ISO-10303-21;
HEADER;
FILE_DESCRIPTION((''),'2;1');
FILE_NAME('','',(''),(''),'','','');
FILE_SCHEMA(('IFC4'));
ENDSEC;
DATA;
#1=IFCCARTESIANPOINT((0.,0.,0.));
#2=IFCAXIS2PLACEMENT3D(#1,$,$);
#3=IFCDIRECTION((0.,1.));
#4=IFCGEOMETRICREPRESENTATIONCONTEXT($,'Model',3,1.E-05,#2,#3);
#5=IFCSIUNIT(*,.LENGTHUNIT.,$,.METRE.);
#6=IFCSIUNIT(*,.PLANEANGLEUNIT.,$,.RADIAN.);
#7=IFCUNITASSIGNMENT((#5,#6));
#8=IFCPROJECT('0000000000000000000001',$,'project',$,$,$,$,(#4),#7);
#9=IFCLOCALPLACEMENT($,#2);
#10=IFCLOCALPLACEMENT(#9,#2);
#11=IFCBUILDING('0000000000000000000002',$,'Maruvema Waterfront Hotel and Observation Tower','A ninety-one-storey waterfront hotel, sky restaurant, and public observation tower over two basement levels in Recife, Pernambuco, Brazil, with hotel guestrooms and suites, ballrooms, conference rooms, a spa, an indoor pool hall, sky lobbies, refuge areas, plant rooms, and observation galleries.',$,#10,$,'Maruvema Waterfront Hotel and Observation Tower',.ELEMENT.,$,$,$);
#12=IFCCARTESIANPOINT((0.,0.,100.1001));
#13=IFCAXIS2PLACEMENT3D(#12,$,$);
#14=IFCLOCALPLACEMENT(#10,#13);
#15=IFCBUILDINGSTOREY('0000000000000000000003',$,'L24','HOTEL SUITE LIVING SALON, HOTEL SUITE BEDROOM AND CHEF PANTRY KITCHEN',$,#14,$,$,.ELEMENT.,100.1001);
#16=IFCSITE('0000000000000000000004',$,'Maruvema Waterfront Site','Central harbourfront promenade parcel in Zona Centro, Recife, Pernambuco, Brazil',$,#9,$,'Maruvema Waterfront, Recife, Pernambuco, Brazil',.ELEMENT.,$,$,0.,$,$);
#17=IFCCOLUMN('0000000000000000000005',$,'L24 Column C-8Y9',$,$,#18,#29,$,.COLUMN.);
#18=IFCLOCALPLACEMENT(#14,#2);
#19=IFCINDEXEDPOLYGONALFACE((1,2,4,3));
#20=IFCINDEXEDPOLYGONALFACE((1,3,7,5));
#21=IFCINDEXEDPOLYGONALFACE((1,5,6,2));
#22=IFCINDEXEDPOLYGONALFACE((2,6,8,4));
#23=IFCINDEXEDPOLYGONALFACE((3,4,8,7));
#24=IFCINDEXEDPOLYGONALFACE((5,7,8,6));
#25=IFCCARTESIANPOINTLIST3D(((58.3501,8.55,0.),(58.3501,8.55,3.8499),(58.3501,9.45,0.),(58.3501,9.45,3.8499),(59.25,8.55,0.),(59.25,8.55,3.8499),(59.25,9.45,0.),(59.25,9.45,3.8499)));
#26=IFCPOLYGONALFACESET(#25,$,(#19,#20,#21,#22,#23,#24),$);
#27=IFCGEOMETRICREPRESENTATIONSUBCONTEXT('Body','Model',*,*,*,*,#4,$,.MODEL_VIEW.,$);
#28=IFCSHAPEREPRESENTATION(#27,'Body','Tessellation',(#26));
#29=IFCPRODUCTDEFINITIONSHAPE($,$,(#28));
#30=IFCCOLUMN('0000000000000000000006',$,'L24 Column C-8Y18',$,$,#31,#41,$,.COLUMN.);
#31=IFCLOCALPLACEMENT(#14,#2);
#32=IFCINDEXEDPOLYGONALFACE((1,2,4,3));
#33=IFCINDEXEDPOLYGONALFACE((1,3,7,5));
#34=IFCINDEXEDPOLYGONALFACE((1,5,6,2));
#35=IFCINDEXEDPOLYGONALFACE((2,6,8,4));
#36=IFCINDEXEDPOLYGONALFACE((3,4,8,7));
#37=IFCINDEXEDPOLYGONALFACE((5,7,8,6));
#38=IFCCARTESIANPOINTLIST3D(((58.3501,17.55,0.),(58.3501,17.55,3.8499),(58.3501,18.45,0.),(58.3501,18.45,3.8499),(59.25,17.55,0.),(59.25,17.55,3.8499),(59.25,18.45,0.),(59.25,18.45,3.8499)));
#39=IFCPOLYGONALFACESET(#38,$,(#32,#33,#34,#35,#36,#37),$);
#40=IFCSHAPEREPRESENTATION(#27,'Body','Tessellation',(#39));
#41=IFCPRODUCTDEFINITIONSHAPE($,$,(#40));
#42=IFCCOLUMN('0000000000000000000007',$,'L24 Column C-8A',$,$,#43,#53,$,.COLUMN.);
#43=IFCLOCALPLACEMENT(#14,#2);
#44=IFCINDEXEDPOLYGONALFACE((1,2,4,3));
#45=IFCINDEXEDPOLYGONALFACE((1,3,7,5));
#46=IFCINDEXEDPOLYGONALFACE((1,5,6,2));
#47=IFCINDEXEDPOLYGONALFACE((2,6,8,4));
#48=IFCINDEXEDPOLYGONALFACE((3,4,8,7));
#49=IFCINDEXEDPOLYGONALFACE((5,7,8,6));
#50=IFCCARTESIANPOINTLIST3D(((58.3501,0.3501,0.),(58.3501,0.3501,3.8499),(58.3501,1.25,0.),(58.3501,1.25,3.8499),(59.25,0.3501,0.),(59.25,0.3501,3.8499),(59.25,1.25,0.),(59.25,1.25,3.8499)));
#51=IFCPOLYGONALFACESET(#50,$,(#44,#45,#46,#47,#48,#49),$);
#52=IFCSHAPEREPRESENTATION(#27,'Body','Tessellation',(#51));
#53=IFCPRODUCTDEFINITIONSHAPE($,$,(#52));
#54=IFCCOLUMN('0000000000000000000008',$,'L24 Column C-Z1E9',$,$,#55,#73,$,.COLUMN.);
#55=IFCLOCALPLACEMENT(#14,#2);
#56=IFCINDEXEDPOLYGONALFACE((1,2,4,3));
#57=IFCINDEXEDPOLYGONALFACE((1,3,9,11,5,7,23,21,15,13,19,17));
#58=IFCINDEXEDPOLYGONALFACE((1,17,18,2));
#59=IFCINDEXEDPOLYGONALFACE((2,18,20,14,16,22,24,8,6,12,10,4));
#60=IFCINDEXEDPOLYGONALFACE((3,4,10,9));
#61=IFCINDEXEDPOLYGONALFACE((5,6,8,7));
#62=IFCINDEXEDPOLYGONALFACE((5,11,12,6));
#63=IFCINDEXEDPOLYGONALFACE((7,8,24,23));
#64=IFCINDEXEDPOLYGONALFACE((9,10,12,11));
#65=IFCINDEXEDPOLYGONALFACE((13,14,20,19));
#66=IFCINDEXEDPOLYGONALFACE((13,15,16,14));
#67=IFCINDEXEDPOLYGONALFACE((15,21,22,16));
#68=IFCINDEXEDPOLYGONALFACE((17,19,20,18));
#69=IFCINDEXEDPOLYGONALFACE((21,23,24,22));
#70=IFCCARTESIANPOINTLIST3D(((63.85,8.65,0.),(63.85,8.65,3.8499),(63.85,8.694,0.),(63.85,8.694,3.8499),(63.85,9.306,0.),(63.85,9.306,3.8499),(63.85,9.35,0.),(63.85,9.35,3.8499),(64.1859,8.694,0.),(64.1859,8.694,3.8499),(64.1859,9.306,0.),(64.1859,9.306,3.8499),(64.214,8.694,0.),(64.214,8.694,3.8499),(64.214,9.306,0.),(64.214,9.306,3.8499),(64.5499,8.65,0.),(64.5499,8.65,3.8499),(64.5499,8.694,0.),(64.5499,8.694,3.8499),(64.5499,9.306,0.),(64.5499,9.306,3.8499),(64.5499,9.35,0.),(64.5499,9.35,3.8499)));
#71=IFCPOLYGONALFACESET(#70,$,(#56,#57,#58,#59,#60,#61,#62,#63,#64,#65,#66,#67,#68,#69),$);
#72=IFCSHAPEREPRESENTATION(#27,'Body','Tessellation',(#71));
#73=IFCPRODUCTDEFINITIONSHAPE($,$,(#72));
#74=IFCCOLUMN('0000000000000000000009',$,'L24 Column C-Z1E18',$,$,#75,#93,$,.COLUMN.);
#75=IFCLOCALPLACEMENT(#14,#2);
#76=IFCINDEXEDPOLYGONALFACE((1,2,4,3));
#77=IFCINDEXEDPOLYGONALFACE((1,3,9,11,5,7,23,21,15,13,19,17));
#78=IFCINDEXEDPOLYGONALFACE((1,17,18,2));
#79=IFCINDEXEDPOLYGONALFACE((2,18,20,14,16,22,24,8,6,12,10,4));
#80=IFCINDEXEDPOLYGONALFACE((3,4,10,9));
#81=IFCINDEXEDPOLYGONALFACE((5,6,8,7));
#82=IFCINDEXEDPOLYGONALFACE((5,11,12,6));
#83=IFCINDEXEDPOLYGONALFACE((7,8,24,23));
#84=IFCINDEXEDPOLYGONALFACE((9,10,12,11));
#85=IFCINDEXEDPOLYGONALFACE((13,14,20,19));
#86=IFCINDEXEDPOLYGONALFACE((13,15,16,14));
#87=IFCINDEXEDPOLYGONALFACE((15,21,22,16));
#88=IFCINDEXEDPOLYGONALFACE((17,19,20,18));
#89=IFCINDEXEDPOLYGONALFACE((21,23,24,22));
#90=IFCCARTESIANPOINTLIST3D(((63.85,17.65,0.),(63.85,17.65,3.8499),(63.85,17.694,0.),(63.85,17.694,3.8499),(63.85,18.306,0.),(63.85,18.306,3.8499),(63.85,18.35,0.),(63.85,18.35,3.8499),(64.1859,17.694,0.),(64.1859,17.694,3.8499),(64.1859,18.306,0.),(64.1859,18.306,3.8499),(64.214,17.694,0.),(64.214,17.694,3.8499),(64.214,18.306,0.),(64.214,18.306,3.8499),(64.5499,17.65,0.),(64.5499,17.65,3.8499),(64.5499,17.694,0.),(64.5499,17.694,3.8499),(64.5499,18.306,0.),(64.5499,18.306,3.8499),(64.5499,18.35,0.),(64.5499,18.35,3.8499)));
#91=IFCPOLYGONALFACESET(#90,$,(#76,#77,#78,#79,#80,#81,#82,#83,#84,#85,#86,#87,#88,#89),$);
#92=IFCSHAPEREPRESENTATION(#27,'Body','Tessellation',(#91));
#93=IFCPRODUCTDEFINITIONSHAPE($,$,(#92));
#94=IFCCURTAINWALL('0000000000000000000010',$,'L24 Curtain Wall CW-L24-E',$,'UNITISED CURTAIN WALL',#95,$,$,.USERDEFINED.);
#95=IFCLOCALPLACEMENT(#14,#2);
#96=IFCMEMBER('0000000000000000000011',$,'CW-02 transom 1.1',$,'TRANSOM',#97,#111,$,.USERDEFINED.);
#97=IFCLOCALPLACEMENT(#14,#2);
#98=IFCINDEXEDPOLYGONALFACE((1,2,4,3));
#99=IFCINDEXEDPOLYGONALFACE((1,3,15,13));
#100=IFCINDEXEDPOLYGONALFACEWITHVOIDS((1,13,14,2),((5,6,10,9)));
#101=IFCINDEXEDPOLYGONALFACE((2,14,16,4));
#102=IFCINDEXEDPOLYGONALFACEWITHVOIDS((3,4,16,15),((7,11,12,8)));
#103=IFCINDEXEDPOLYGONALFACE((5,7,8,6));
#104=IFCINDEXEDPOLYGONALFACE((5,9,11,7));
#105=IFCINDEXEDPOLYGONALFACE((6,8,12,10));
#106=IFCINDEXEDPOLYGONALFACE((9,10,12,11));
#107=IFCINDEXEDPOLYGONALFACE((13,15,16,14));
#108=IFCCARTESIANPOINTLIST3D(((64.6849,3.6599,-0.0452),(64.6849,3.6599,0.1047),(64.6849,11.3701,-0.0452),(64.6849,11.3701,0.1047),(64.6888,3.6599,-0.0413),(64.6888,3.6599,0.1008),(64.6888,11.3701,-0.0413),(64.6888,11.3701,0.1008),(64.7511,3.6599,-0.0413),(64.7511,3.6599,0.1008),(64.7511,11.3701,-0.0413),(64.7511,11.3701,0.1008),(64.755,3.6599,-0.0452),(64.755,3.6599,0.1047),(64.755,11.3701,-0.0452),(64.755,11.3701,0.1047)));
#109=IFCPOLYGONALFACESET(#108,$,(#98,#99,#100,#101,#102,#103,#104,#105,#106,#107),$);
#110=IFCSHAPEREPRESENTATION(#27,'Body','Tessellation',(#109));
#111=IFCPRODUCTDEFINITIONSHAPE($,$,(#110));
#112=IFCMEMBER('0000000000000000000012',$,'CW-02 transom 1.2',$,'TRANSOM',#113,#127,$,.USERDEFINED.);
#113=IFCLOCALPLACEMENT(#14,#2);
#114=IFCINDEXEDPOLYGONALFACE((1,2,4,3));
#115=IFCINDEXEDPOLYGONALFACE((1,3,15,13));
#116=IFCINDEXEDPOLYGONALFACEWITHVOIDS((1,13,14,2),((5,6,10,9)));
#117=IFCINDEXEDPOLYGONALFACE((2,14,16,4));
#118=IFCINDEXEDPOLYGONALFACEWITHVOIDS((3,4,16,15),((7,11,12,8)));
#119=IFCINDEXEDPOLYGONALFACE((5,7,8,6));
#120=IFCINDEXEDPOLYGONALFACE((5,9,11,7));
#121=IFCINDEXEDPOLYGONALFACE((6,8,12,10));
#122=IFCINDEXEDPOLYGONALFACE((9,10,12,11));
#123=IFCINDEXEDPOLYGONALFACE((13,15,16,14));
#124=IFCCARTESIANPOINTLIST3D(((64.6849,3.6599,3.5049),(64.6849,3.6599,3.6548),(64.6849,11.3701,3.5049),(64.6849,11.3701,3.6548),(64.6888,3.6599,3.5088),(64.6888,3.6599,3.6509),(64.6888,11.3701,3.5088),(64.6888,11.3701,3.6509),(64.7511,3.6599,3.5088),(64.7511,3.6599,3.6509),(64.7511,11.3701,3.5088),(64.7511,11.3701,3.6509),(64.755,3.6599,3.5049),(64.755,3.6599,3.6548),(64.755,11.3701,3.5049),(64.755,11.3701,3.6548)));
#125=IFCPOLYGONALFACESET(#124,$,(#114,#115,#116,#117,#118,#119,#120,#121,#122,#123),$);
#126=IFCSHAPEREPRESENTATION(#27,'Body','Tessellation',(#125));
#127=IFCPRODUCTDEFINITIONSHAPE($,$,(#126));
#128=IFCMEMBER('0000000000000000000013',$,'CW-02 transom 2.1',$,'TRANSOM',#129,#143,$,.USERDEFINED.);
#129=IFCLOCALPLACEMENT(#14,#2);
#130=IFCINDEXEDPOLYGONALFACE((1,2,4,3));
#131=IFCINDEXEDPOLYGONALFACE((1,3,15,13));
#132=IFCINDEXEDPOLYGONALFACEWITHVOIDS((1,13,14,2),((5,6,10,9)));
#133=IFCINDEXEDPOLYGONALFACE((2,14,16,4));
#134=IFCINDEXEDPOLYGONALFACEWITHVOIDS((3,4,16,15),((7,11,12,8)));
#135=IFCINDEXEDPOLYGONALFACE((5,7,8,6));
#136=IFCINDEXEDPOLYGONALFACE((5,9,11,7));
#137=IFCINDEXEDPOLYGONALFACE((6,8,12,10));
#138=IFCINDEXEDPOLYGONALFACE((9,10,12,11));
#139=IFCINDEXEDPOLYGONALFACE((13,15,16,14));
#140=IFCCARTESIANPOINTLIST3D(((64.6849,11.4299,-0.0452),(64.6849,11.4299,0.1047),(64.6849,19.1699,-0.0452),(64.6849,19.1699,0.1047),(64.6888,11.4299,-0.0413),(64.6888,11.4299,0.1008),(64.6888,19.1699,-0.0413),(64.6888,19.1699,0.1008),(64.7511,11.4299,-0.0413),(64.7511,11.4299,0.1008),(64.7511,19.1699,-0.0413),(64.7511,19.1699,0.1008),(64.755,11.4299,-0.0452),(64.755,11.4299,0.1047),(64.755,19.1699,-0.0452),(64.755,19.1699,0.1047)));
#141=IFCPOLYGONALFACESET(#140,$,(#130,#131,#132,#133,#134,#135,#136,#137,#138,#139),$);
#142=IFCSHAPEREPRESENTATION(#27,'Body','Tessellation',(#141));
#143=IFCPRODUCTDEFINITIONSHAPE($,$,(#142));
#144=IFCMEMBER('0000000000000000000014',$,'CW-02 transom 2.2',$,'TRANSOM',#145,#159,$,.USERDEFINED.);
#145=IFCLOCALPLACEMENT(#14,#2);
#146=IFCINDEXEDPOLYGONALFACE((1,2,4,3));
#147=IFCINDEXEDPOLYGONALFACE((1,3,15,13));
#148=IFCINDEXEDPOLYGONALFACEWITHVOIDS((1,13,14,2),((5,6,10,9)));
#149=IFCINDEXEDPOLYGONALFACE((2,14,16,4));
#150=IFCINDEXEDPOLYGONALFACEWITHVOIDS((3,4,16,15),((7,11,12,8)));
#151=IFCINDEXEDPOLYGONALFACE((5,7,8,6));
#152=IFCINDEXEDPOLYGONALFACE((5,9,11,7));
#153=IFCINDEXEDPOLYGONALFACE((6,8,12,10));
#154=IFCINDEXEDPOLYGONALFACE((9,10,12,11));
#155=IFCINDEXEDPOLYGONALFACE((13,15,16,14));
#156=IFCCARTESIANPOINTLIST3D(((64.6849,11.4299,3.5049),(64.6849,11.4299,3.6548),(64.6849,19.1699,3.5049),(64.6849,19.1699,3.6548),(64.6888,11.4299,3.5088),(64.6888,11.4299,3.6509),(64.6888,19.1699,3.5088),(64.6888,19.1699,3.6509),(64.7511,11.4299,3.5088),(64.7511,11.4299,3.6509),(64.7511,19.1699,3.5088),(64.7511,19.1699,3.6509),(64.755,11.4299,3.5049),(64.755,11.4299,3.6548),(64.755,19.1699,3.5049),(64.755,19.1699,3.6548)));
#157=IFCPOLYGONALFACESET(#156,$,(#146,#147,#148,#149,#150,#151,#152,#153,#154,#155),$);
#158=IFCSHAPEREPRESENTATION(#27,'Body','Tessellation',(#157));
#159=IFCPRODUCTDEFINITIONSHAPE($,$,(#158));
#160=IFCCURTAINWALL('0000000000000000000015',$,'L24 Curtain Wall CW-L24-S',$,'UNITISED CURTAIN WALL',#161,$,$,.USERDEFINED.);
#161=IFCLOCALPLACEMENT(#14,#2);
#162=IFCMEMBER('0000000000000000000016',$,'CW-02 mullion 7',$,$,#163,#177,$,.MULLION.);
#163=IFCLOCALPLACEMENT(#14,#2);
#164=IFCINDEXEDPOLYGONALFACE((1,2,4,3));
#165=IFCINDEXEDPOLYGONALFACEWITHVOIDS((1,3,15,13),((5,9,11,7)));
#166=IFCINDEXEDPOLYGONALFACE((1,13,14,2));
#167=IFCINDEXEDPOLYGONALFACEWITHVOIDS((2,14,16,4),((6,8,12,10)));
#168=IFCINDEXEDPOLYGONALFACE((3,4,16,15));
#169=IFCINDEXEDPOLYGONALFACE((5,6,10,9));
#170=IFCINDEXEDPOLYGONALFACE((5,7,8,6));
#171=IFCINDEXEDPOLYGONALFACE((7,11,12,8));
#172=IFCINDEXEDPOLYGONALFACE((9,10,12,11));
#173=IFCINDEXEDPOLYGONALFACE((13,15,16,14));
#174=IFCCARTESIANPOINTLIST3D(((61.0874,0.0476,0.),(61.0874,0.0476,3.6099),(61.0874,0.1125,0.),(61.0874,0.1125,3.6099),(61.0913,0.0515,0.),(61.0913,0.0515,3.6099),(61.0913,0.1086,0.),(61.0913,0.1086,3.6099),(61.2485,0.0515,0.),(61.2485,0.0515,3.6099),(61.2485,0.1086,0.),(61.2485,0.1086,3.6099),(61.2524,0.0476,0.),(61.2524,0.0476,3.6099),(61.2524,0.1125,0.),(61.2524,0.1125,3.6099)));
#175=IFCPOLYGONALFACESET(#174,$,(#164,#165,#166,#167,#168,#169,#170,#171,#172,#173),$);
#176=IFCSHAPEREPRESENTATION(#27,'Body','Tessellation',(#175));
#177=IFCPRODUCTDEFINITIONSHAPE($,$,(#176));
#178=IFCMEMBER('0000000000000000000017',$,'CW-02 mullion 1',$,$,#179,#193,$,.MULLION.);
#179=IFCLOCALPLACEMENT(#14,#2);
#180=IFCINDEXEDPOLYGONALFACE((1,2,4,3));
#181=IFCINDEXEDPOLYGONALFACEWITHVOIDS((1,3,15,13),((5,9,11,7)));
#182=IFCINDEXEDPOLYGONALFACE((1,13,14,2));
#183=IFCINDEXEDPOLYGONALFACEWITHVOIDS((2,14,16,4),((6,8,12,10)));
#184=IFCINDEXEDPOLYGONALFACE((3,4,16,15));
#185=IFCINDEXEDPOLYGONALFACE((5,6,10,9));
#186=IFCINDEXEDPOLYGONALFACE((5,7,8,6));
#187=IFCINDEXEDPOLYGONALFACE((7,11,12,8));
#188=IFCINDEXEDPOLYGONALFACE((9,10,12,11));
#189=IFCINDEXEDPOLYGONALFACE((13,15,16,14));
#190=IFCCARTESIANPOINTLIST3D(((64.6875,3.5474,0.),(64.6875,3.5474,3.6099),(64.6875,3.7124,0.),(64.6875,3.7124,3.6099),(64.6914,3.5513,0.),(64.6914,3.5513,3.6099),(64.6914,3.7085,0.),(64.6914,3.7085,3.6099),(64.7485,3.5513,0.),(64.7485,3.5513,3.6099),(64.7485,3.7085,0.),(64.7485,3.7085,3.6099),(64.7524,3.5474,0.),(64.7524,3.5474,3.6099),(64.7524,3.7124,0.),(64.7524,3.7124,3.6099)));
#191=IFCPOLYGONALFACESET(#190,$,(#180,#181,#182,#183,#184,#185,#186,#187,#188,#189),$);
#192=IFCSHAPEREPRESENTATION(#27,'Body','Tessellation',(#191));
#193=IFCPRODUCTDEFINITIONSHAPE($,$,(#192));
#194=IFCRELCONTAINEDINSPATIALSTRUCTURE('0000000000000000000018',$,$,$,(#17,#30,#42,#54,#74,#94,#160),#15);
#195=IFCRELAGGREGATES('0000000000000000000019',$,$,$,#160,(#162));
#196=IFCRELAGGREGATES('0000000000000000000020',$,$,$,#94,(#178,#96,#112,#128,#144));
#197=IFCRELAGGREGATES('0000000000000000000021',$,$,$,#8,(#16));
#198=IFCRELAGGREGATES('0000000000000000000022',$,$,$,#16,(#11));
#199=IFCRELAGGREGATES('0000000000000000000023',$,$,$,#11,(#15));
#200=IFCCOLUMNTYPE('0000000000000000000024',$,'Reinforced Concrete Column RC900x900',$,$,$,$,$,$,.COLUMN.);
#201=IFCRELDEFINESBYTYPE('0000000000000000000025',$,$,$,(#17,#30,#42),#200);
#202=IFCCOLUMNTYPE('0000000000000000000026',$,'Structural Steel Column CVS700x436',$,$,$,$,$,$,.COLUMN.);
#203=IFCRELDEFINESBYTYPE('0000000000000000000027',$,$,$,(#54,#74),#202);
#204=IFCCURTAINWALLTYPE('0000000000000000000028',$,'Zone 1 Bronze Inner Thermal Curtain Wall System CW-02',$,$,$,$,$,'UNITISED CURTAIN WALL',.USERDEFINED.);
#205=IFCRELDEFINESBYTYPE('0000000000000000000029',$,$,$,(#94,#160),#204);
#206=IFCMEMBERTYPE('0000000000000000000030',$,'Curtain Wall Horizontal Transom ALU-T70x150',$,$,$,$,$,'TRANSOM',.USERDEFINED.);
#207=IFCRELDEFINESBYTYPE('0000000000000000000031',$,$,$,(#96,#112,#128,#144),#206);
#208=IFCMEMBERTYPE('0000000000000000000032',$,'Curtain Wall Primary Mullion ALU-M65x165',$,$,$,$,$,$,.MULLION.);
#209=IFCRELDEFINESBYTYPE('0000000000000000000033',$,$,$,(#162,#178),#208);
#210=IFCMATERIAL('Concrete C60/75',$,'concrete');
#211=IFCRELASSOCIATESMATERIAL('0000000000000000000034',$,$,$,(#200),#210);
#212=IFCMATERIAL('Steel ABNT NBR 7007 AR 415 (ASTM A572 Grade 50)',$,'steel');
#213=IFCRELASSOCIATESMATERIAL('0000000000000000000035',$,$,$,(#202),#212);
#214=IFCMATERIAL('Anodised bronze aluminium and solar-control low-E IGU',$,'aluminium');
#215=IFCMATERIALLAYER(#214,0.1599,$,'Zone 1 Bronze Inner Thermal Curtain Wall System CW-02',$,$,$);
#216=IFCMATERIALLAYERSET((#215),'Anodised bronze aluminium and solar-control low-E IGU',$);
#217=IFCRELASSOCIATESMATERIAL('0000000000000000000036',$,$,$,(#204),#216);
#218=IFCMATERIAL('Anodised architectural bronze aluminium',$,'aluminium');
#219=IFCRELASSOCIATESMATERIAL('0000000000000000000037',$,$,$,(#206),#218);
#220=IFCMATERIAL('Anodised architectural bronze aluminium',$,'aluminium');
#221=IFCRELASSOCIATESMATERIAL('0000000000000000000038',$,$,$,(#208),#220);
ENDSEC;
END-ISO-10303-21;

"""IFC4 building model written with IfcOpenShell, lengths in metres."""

from ifc_helpers import new_model, si_unit, direction, frame, origin, origin_2d, place, context, subcontext, project, spatial, rectangle, hollow_rectangle, i_section, extrude, material, layer, layer_set, material_profile, profile_set, type_object, element, aggregate, save


model = new_model("IFC4")

# Units and contexts
model_context = context("Model", 3, precision=1e-05, world=origin(), true_north=direction((0.0, 1.0)))
body_context = subcontext(model_context, "Body", "Model", "MODEL_VIEW")
ifc_project = project(units=[si_unit("LENGTHUNIT", "METRE"), si_unit("PLANEANGLEUNIT", "RADIAN")], contexts=[model_context])

# Site, building, storey
site_placement = place(None, origin())
site = spatial("IfcSite", under=ifc_project, at=site_placement, Name="Maruvema Waterfront Site", Description="Central harbourfront promenade parcel in Zona Centro, Recife, Pernambuco, Brazil", LongName="Maruvema Waterfront, Recife, Pernambuco, Brazil", CompositionType="ELEMENT", RefElevation=0.0)
building_placement = place(site_placement, origin())
building = spatial("IfcBuilding", under=site, at=building_placement, Name="Maruvema Waterfront Hotel and Observation Tower", Description="A ninety-one-storey waterfront hotel, sky restaurant, and public observation tower over two basement levels in Recife, Pernambuco, Brazil, with hotel guestrooms and suites, ballrooms, conference rooms, a spa, an indoor pool hall, sky lobbies, refuge areas, plant rooms, and observation galleries.", LongName="Maruvema Waterfront Hotel and Observation Tower", CompositionType="ELEMENT")
storey_placement = place(building_placement, frame((0.0, 0.0, 100.1001)))
storey = spatial("IfcBuildingStorey", under=building, at=storey_placement, Name="L24", Description="HOTEL SUITE LIVING SALON, HOTEL SUITE BEDROOM AND CHEF PANTRY KITCHEN", CompositionType="ELEMENT", Elevation=100.1001)

# Columns
ifc_material_1 = material(Name="Concrete C60/75", Category="concrete")
ifc_material_profile_1 = material_profile(ifc_material_1, rectangle(XDim=0.8999, YDim=0.8999, at=origin_2d()), Name="RC900x900")
ifc_profile_set_1 = profile_set([ifc_material_profile_1], Name="Concrete C60/75")
column_type_1 = type_object("IfcColumnType", Name="Reinforced Concrete Column RC900x900", PredefinedType="COLUMN", material=ifc_profile_set_1)
for number, where, z_axis, x_axis, name in (
    (1, (58.8, 9.0, 0.0), (0.0, 0.0, 1.0), (1.0, 0.0, 0.0), "L24 Column C-8Y9"),
    (2, (58.8, 18.0, 0.0), (0.0, 0.0, 1.0), (1.0, 0.0, 0.0), "L24 Column C-8Y18"),
    (3, (58.8, 0.8, 0.0), (0.0, 0.0, 1.0), (1.0, 0.0, 0.0), "L24 Column C-8A"),
):
    element("IfcColumn", number, at=place(storey_placement, frame(where, z_axis=z_axis, x_axis=x_axis)), inside=storey, type_object=column_type_1, Name=name, PredefinedType="COLUMN", context=body_context, shape_type="SweptSolid", body=[
        extrude(rectangle(XDim=0.8999, YDim=0.8999, at=origin_2d()), origin(), (0.0, 0.0, 1.0), 3.8499),
    ])
ifc_material_2 = material(Name="Steel ABNT NBR 7007 AR 415 (ASTM A572 Grade 50)", Category="steel")
ifc_material_profile_2 = material_profile(ifc_material_2, i_section(OverallWidth=0.7, OverallDepth=0.7, WebThickness=0.0281, FlangeThickness=0.0439, at=origin_2d()), Name="CVS700x436")
ifc_profile_set_2 = profile_set([ifc_material_profile_2], Name="Steel ABNT NBR 7007 AR 415 (ASTM A572 Grade 50)")
column_type_2 = type_object("IfcColumnType", Name="Structural Steel Column CVS700x436", PredefinedType="COLUMN", material=ifc_profile_set_2)
for number, where, z_axis, x_axis, name in (
    (4, (64.2, 9.0, 0.0), (0.0, 0.0, 1.0), (1.0, 0.0, 0.0), "L24 Column C-Z1E9"),
    (5, (64.2, 18.0, 0.0), (0.0, 0.0, 1.0), (1.0, 0.0, 0.0), "L24 Column C-Z1E18"),
):
    element("IfcColumn", number, at=place(storey_placement, frame(where, z_axis=z_axis, x_axis=x_axis)), inside=storey, type_object=column_type_2, Name=name, PredefinedType="COLUMN", context=body_context, shape_type="SweptSolid", body=[
        extrude(i_section(OverallWidth=0.7, OverallDepth=0.7, WebThickness=0.0281, FlangeThickness=0.0439, at=origin_2d()), origin(), (0.0, 0.0, 1.0), 3.8499),
    ])

# Curtain wall, members
ifc_material_3 = material(Name="Anodised bronze aluminium and solar-control low-E IGU", Category="aluminium")
ifc_layer_1 = layer(ifc_material_3, 0.1599, Name="Zone 1 Bronze Inner Thermal Curtain Wall System CW-02")
ifc_layer_set_1 = layer_set([ifc_layer_1], Name="Anodised bronze aluminium and solar-control low-E IGU")
curtain_wall_type = type_object("IfcCurtainWallType", Name="Zone 1 Bronze Inner Thermal Curtain Wall System CW-02", ElementType="UNITISED CURTAIN WALL", PredefinedType="USERDEFINED", material=ifc_layer_set_1)
curtain_wall_1_placement = place(storey_placement, origin())
curtain_wall_1 = element("IfcCurtainWall", 6, at=curtain_wall_1_placement, inside=storey, type_object=curtain_wall_type, Name="L24 Curtain Wall CW-L24-E", ObjectType="UNITISED CURTAIN WALL", PredefinedType="USERDEFINED")
ifc_material_4 = material(Name="Anodised architectural bronze aluminium", Category="aluminium")
ifc_material_profile_3 = material_profile(ifc_material_4, hollow_rectangle(XDim=0.0701, YDim=0.1499, WallThickness=0.0039, at=origin_2d()), Name="ALU-T70x150")
ifc_profile_set_3 = profile_set([ifc_material_profile_3], Name="Anodised architectural bronze aluminium")
member_type_1 = type_object("IfcMemberType", Name="Curtain Wall Horizontal Transom ALU-T70x150", ElementType="TRANSOM", PredefinedType="USERDEFINED", material=ifc_profile_set_3)
member_1_placement = place(storey_placement, frame((64.72, 3.6599, 0.0298), z_axis=(0.0, 1.0, 0.0), x_axis=(-1.0, 0.0, 0.0)))
member_1 = element("IfcMember", 7, at=member_1_placement, type_object=member_type_1, Name="CW-02 transom 1.1", ObjectType="TRANSOM", PredefinedType="USERDEFINED", context=body_context, shape_type="SweptSolid", body=[
    extrude(hollow_rectangle(XDim=0.0701, YDim=0.1499, WallThickness=0.0039, at=origin_2d()), origin(), (0.0, 0.0, 1.0), 7.7102),
])
member_2_placement = place(storey_placement, frame((64.72, 3.6599, 3.5798), z_axis=(0.0, 1.0, 0.0), x_axis=(-1.0, 0.0, 0.0)))
member_2 = element("IfcMember", 8, at=member_2_placement, type_object=member_type_1, Name="CW-02 transom 1.2", ObjectType="TRANSOM", PredefinedType="USERDEFINED", context=body_context, shape_type="SweptSolid", body=[
    extrude(hollow_rectangle(XDim=0.0701, YDim=0.1499, WallThickness=0.0039, at=origin_2d()), origin(), (0.0, 0.0, 1.0), 7.7102),
])
member_3_placement = place(storey_placement, frame((64.72, 11.4299, 0.0298), z_axis=(0.0, 1.0, 0.0), x_axis=(-1.0, 0.0, 0.0)))
member_3 = element("IfcMember", 9, at=member_3_placement, type_object=member_type_1, Name="CW-02 transom 2.1", ObjectType="TRANSOM", PredefinedType="USERDEFINED", context=body_context, shape_type="SweptSolid", body=[
    extrude(hollow_rectangle(XDim=0.0701, YDim=0.1499, WallThickness=0.0039, at=origin_2d()), origin(), (0.0, 0.0, 1.0), 7.74),
])
member_4_placement = place(storey_placement, frame((64.72, 11.4299, 3.5798), z_axis=(0.0, 1.0, 0.0), x_axis=(-1.0, 0.0, 0.0)))
member_4 = element("IfcMember", 10, at=member_4_placement, type_object=member_type_1, Name="CW-02 transom 2.2", ObjectType="TRANSOM", PredefinedType="USERDEFINED", context=body_context, shape_type="SweptSolid", body=[
    extrude(hollow_rectangle(XDim=0.0701, YDim=0.1499, WallThickness=0.0039, at=origin_2d()), origin(), (0.0, 0.0, 1.0), 7.74),
])

# Curtain wall, member
curtain_wall_2_placement = place(storey_placement, origin())
curtain_wall_2 = element("IfcCurtainWall", 11, at=curtain_wall_2_placement, inside=storey, type_object=curtain_wall_type, Name="L24 Curtain Wall CW-L24-S", ObjectType="UNITISED CURTAIN WALL", PredefinedType="USERDEFINED")
ifc_material_5 = material(Name="Anodised architectural bronze aluminium", Category="aluminium")
ifc_material_profile_4 = material_profile(ifc_material_5, hollow_rectangle(XDim=0.0649, YDim=0.165, WallThickness=0.0039, at=origin_2d()), Name="ALU-M65x165")
ifc_profile_set_4 = profile_set([ifc_material_profile_4], Name="Anodised architectural bronze aluminium")
member_type_2 = type_object("IfcMemberType", Name="Curtain Wall Primary Mullion ALU-M65x165", PredefinedType="MULLION", material=ifc_profile_set_4)
member_5_placement = place(storey_placement, frame((61.1699, 0.0801, 0.0), z_axis=(0.0, 0.0, 1.0), x_axis=(0.0, 1.0, 0.0)))
member_5 = element("IfcMember", 12, at=member_5_placement, type_object=member_type_2, Name="CW-02 mullion 7", PredefinedType="MULLION", context=body_context, shape_type="SweptSolid", body=[
    extrude(hollow_rectangle(XDim=0.0649, YDim=0.165, WallThickness=0.0039, at=origin_2d()), origin(), (0.0, 0.0, 1.0), 3.6099),
])

# Member
member_6_placement = place(storey_placement, frame((64.72, 3.6299, 0.0), z_axis=(0.0, 0.0, 1.0), x_axis=(-1.0, 0.0, 0.0)))
member_6 = element("IfcMember", 13, at=member_6_placement, type_object=member_type_2, Name="CW-02 mullion 1", PredefinedType="MULLION", context=body_context, shape_type="SweptSolid", body=[
    extrude(hollow_rectangle(XDim=0.0649, YDim=0.165, WallThickness=0.0039, at=origin_2d()), origin(), (0.0, 0.0, 1.0), 3.6099),
])

aggregate(curtain_wall_2, [member_5])
aggregate(curtain_wall_1, [member_6, member_1, member_2, member_3, member_4])

save(model, "model.ifc")
